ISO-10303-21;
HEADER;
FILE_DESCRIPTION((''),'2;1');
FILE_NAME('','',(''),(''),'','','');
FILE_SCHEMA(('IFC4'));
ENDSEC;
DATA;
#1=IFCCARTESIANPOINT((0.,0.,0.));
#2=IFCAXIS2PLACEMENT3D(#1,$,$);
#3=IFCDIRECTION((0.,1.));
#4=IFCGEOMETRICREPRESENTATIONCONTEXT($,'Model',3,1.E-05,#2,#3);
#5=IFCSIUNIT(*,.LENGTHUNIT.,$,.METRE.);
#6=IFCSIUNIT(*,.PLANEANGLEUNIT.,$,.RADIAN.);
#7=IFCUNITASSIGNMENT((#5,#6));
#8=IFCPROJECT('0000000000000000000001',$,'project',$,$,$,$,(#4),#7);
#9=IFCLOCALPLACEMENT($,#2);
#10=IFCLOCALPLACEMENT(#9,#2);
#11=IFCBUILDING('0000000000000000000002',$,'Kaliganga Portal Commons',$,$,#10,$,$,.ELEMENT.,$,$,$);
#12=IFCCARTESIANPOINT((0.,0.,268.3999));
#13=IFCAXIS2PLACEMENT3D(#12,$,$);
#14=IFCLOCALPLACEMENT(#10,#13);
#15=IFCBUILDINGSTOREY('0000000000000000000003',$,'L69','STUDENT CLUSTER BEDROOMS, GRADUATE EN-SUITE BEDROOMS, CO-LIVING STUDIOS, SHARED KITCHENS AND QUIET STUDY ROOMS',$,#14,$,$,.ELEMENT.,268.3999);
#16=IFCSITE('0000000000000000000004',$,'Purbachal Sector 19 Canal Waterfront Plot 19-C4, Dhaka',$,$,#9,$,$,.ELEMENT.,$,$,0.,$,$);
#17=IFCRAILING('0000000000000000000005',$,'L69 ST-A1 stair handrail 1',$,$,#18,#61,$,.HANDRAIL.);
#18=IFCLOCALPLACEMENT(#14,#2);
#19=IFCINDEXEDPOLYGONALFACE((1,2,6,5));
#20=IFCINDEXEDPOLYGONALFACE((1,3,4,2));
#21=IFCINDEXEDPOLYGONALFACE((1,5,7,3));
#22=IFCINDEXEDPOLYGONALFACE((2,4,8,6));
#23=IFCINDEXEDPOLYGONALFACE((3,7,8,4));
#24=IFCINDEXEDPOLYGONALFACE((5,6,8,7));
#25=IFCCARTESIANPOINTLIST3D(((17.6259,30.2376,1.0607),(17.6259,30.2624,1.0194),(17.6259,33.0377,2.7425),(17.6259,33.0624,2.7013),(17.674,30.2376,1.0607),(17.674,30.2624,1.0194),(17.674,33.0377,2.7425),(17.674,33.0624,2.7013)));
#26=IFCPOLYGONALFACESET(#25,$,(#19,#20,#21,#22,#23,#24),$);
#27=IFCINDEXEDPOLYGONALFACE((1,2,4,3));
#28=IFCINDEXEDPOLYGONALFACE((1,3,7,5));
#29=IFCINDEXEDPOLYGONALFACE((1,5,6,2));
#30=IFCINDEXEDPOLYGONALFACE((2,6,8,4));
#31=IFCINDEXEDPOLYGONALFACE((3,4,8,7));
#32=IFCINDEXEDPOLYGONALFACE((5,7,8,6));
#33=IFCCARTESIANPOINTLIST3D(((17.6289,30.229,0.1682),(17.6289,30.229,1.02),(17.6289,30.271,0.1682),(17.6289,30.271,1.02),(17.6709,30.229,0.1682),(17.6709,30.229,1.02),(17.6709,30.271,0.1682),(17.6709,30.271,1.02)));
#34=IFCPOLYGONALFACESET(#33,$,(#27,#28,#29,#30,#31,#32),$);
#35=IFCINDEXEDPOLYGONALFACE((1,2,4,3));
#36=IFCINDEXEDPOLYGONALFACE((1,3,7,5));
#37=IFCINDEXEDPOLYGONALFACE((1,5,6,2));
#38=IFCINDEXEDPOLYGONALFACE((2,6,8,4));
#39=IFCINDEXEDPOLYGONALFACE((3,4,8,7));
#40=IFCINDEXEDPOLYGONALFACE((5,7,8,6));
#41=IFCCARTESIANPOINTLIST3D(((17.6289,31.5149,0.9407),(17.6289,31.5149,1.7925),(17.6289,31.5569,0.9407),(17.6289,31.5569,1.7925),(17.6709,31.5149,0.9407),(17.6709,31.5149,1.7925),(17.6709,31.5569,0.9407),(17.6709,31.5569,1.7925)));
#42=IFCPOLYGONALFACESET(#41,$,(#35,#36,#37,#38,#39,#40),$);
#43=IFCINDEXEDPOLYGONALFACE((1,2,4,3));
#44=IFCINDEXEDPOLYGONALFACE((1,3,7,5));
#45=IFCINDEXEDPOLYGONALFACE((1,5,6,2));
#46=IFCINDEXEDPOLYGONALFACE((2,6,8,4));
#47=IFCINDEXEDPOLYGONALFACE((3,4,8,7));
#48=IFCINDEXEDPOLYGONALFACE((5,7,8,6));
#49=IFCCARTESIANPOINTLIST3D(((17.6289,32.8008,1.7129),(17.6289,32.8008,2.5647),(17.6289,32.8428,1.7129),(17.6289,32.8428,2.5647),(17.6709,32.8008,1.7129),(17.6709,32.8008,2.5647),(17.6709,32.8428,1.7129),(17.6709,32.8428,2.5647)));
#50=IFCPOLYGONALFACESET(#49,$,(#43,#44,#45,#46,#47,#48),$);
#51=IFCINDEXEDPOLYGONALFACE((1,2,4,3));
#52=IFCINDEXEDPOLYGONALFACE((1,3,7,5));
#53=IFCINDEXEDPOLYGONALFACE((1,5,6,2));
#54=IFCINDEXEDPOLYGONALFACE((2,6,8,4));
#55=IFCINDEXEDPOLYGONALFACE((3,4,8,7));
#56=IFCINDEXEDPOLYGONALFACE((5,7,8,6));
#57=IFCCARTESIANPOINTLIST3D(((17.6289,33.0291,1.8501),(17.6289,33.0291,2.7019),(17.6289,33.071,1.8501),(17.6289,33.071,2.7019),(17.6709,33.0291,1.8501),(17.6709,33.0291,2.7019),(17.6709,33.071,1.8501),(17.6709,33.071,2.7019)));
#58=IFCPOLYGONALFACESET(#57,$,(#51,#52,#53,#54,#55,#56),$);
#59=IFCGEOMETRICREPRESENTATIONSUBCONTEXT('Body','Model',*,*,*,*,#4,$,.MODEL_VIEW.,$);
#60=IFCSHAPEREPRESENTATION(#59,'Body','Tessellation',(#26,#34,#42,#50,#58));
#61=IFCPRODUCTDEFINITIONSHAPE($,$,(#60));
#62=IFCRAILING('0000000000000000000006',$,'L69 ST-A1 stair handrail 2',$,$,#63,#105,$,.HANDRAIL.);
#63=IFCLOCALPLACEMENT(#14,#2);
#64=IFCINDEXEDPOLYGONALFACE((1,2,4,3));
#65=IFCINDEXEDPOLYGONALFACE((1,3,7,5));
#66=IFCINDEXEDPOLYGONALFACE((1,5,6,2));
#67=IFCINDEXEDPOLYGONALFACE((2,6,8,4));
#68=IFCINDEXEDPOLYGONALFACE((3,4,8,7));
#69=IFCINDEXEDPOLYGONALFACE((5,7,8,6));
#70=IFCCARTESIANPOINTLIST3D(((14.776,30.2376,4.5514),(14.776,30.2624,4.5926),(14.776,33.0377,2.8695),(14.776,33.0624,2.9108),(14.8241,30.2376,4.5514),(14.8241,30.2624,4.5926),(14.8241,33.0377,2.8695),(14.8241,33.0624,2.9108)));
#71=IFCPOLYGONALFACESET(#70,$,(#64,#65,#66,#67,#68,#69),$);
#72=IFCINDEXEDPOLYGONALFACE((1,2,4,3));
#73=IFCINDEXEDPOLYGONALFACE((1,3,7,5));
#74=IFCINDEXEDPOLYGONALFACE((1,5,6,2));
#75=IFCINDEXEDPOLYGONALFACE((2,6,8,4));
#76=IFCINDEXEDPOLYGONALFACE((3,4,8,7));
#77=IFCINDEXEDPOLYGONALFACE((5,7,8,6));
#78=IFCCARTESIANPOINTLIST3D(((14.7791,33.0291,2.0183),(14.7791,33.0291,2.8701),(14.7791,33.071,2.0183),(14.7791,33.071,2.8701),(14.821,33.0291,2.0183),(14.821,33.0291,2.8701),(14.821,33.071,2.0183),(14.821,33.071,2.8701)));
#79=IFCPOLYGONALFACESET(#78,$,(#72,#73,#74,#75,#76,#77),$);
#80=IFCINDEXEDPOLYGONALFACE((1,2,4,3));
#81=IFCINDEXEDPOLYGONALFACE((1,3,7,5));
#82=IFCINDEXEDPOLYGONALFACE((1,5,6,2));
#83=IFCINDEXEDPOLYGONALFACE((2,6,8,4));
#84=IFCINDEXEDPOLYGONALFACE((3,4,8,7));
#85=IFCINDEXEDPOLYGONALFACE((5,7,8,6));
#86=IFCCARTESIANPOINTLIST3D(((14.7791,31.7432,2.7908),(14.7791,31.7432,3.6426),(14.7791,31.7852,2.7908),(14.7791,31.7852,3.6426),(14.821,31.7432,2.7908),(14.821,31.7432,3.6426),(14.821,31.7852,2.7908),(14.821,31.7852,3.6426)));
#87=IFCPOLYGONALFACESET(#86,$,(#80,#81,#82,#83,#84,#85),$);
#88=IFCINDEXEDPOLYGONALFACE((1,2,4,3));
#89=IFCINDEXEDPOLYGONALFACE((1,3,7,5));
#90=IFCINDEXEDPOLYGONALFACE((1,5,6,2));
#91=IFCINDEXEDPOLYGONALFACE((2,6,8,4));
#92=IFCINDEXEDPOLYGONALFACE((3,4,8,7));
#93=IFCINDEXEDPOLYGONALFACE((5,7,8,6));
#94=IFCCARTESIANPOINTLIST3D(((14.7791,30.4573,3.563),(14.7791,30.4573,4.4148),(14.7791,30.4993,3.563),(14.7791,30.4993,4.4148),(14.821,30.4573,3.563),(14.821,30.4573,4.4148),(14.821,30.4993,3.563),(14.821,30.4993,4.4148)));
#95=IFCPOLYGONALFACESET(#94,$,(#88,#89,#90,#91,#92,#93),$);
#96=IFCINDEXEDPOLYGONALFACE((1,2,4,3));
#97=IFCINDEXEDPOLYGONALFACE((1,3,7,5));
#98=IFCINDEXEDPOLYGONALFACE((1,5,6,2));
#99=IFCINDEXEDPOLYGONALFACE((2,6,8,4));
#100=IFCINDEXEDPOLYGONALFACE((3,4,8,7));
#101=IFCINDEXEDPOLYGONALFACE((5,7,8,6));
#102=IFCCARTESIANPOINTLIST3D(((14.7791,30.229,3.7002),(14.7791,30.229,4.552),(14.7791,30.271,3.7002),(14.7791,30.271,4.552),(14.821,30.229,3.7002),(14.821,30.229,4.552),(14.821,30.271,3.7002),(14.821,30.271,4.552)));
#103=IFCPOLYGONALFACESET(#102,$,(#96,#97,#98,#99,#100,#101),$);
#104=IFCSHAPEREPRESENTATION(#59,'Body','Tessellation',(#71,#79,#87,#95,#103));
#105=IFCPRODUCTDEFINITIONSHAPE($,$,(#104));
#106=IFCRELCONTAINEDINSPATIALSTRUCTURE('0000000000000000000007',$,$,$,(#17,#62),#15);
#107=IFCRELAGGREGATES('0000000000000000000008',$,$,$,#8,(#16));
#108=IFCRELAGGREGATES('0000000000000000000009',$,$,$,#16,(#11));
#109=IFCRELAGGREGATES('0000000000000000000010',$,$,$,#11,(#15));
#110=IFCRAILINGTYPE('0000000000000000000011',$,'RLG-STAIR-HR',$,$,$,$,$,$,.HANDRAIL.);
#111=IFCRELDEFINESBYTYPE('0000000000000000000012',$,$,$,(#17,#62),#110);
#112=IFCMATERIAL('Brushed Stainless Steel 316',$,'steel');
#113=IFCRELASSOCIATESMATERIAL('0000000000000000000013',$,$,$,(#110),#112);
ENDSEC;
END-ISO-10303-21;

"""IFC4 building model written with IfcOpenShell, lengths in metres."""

from ifc_helpers import new_model, si_unit, direction, frame, origin, origin_2d, place, context, subcontext, project, spatial, rectangle, extrude, material, type_object, element, save


model = new_model("IFC4")

# Units and contexts
model_context = context("Model", 3, precision=1e-05, world=origin(), true_north=direction((0.0, 1.0)))
body_context = subcontext(model_context, "Body", "Model", "MODEL_VIEW")
ifc_project = project(units=[si_unit("LENGTHUNIT", "METRE"), si_unit("PLANEANGLEUNIT", "RADIAN")], contexts=[model_context])

# Site, building, storey
site_placement = place(None, origin())
site = spatial("IfcSite", under=ifc_project, at=site_placement, Name="Purbachal Sector 19 Canal Waterfront Plot 19-C4, Dhaka", CompositionType="ELEMENT", RefElevation=0.0)
building_placement = place(site_placement, origin())
building = spatial("IfcBuilding", under=site, at=building_placement, Name="Kaliganga Portal Commons", CompositionType="ELEMENT")
storey_placement = place(building_placement, frame((0.0, 0.0, 268.3999)))
storey = spatial("IfcBuildingStorey", under=building, at=storey_placement, Name="L69", Description="STUDENT CLUSTER BEDROOMS, GRADUATE EN-SUITE BEDROOMS, CO-LIVING STUDIOS, SHARED KITCHENS AND QUIET STUDY ROOMS", CompositionType="ELEMENT", Elevation=268.3999)

# Railings
ifc_material_1 = material(Name="Brushed Stainless Steel 316", Category="steel")
railing_type_1 = type_object("IfcRailingType", Name="RLG-STAIR-HR", PredefinedType="HANDRAIL", material=ifc_material_1)
railing_1_placement = place(storey_placement, frame((17.6499, 30.25, 0.1682)))
element("IfcRailing", 1, at=railing_1_placement, inside=storey, type_object=railing_type_1, Name="L69 ST-A1 stair handrail 1", PredefinedType="HANDRAIL", context=body_context, shape_type="SweptSolid", body=[
    extrude(rectangle(XDim=0.0481, YDim=0.0481, at=origin_2d()), frame((0.0, 0.0, 0.8718), z_axis=(0.0, 0.857242, 0.514913), x_axis=(-1.0, 0.0, 0.0)), (0.0, 0.0, 1.0), 3.2664),
    extrude(rectangle(XDim=0.042, YDim=0.042, at=origin_2d()), origin(), (0.0, 0.0, 1.0), 0.8518),
    extrude(rectangle(XDim=0.042, YDim=0.042, at=origin_2d()), frame((0.0, 1.2859, 0.7725)), (0.0, 0.0, 1.0), 0.8518),
    extrude(rectangle(XDim=0.042, YDim=0.042, at=origin_2d()), frame((0.0, 2.5718, 1.5447)), (0.0, 0.0, 1.0), 0.8518),
    extrude(rectangle(XDim=0.042, YDim=0.042, at=origin_2d()), frame((0.0, 2.8, 1.6819)), (0.0, 0.0, 1.0), 0.8518),
])
railing_2_placement = place(storey_placement, frame((14.8, 33.05, 2.0183)))
element("IfcRailing", 2, at=railing_2_placement, inside=storey, type_object=railing_type_1, Name="L69 ST-A1 stair handrail 2", PredefinedType="HANDRAIL", context=body_context, shape_type="SweptSolid", body=[
    extrude(rectangle(XDim=0.0481, YDim=0.0481, at=origin_2d()), frame((0.0, 0.0, 0.8718), z_axis=(0.0, -0.857242, 0.514913), x_axis=(1.0, 0.0, 0.0)), (0.0, 0.0, 1.0), 3.2664),
    extrude(rectangle(XDim=0.042, YDim=0.042, at=origin_2d()), origin(), (0.0, 0.0, 1.0), 0.8518),
    extrude(rectangle(XDim=0.042, YDim=0.042, at=origin_2d()), frame((0.0, -1.2859, 0.7725)), (0.0, 0.0, 1.0), 0.8518),
    extrude(rectangle(XDim=0.042, YDim=0.042, at=origin_2d()), frame((0.0, -2.5718, 1.5447)), (0.0, 0.0, 1.0), 0.8518),
    extrude(rectangle(XDim=0.042, YDim=0.042, at=origin_2d()), frame((0.0, -2.8, 1.6819)), (0.0, 0.0, 1.0), 0.8518),
])

save(model, "model.ifc")
